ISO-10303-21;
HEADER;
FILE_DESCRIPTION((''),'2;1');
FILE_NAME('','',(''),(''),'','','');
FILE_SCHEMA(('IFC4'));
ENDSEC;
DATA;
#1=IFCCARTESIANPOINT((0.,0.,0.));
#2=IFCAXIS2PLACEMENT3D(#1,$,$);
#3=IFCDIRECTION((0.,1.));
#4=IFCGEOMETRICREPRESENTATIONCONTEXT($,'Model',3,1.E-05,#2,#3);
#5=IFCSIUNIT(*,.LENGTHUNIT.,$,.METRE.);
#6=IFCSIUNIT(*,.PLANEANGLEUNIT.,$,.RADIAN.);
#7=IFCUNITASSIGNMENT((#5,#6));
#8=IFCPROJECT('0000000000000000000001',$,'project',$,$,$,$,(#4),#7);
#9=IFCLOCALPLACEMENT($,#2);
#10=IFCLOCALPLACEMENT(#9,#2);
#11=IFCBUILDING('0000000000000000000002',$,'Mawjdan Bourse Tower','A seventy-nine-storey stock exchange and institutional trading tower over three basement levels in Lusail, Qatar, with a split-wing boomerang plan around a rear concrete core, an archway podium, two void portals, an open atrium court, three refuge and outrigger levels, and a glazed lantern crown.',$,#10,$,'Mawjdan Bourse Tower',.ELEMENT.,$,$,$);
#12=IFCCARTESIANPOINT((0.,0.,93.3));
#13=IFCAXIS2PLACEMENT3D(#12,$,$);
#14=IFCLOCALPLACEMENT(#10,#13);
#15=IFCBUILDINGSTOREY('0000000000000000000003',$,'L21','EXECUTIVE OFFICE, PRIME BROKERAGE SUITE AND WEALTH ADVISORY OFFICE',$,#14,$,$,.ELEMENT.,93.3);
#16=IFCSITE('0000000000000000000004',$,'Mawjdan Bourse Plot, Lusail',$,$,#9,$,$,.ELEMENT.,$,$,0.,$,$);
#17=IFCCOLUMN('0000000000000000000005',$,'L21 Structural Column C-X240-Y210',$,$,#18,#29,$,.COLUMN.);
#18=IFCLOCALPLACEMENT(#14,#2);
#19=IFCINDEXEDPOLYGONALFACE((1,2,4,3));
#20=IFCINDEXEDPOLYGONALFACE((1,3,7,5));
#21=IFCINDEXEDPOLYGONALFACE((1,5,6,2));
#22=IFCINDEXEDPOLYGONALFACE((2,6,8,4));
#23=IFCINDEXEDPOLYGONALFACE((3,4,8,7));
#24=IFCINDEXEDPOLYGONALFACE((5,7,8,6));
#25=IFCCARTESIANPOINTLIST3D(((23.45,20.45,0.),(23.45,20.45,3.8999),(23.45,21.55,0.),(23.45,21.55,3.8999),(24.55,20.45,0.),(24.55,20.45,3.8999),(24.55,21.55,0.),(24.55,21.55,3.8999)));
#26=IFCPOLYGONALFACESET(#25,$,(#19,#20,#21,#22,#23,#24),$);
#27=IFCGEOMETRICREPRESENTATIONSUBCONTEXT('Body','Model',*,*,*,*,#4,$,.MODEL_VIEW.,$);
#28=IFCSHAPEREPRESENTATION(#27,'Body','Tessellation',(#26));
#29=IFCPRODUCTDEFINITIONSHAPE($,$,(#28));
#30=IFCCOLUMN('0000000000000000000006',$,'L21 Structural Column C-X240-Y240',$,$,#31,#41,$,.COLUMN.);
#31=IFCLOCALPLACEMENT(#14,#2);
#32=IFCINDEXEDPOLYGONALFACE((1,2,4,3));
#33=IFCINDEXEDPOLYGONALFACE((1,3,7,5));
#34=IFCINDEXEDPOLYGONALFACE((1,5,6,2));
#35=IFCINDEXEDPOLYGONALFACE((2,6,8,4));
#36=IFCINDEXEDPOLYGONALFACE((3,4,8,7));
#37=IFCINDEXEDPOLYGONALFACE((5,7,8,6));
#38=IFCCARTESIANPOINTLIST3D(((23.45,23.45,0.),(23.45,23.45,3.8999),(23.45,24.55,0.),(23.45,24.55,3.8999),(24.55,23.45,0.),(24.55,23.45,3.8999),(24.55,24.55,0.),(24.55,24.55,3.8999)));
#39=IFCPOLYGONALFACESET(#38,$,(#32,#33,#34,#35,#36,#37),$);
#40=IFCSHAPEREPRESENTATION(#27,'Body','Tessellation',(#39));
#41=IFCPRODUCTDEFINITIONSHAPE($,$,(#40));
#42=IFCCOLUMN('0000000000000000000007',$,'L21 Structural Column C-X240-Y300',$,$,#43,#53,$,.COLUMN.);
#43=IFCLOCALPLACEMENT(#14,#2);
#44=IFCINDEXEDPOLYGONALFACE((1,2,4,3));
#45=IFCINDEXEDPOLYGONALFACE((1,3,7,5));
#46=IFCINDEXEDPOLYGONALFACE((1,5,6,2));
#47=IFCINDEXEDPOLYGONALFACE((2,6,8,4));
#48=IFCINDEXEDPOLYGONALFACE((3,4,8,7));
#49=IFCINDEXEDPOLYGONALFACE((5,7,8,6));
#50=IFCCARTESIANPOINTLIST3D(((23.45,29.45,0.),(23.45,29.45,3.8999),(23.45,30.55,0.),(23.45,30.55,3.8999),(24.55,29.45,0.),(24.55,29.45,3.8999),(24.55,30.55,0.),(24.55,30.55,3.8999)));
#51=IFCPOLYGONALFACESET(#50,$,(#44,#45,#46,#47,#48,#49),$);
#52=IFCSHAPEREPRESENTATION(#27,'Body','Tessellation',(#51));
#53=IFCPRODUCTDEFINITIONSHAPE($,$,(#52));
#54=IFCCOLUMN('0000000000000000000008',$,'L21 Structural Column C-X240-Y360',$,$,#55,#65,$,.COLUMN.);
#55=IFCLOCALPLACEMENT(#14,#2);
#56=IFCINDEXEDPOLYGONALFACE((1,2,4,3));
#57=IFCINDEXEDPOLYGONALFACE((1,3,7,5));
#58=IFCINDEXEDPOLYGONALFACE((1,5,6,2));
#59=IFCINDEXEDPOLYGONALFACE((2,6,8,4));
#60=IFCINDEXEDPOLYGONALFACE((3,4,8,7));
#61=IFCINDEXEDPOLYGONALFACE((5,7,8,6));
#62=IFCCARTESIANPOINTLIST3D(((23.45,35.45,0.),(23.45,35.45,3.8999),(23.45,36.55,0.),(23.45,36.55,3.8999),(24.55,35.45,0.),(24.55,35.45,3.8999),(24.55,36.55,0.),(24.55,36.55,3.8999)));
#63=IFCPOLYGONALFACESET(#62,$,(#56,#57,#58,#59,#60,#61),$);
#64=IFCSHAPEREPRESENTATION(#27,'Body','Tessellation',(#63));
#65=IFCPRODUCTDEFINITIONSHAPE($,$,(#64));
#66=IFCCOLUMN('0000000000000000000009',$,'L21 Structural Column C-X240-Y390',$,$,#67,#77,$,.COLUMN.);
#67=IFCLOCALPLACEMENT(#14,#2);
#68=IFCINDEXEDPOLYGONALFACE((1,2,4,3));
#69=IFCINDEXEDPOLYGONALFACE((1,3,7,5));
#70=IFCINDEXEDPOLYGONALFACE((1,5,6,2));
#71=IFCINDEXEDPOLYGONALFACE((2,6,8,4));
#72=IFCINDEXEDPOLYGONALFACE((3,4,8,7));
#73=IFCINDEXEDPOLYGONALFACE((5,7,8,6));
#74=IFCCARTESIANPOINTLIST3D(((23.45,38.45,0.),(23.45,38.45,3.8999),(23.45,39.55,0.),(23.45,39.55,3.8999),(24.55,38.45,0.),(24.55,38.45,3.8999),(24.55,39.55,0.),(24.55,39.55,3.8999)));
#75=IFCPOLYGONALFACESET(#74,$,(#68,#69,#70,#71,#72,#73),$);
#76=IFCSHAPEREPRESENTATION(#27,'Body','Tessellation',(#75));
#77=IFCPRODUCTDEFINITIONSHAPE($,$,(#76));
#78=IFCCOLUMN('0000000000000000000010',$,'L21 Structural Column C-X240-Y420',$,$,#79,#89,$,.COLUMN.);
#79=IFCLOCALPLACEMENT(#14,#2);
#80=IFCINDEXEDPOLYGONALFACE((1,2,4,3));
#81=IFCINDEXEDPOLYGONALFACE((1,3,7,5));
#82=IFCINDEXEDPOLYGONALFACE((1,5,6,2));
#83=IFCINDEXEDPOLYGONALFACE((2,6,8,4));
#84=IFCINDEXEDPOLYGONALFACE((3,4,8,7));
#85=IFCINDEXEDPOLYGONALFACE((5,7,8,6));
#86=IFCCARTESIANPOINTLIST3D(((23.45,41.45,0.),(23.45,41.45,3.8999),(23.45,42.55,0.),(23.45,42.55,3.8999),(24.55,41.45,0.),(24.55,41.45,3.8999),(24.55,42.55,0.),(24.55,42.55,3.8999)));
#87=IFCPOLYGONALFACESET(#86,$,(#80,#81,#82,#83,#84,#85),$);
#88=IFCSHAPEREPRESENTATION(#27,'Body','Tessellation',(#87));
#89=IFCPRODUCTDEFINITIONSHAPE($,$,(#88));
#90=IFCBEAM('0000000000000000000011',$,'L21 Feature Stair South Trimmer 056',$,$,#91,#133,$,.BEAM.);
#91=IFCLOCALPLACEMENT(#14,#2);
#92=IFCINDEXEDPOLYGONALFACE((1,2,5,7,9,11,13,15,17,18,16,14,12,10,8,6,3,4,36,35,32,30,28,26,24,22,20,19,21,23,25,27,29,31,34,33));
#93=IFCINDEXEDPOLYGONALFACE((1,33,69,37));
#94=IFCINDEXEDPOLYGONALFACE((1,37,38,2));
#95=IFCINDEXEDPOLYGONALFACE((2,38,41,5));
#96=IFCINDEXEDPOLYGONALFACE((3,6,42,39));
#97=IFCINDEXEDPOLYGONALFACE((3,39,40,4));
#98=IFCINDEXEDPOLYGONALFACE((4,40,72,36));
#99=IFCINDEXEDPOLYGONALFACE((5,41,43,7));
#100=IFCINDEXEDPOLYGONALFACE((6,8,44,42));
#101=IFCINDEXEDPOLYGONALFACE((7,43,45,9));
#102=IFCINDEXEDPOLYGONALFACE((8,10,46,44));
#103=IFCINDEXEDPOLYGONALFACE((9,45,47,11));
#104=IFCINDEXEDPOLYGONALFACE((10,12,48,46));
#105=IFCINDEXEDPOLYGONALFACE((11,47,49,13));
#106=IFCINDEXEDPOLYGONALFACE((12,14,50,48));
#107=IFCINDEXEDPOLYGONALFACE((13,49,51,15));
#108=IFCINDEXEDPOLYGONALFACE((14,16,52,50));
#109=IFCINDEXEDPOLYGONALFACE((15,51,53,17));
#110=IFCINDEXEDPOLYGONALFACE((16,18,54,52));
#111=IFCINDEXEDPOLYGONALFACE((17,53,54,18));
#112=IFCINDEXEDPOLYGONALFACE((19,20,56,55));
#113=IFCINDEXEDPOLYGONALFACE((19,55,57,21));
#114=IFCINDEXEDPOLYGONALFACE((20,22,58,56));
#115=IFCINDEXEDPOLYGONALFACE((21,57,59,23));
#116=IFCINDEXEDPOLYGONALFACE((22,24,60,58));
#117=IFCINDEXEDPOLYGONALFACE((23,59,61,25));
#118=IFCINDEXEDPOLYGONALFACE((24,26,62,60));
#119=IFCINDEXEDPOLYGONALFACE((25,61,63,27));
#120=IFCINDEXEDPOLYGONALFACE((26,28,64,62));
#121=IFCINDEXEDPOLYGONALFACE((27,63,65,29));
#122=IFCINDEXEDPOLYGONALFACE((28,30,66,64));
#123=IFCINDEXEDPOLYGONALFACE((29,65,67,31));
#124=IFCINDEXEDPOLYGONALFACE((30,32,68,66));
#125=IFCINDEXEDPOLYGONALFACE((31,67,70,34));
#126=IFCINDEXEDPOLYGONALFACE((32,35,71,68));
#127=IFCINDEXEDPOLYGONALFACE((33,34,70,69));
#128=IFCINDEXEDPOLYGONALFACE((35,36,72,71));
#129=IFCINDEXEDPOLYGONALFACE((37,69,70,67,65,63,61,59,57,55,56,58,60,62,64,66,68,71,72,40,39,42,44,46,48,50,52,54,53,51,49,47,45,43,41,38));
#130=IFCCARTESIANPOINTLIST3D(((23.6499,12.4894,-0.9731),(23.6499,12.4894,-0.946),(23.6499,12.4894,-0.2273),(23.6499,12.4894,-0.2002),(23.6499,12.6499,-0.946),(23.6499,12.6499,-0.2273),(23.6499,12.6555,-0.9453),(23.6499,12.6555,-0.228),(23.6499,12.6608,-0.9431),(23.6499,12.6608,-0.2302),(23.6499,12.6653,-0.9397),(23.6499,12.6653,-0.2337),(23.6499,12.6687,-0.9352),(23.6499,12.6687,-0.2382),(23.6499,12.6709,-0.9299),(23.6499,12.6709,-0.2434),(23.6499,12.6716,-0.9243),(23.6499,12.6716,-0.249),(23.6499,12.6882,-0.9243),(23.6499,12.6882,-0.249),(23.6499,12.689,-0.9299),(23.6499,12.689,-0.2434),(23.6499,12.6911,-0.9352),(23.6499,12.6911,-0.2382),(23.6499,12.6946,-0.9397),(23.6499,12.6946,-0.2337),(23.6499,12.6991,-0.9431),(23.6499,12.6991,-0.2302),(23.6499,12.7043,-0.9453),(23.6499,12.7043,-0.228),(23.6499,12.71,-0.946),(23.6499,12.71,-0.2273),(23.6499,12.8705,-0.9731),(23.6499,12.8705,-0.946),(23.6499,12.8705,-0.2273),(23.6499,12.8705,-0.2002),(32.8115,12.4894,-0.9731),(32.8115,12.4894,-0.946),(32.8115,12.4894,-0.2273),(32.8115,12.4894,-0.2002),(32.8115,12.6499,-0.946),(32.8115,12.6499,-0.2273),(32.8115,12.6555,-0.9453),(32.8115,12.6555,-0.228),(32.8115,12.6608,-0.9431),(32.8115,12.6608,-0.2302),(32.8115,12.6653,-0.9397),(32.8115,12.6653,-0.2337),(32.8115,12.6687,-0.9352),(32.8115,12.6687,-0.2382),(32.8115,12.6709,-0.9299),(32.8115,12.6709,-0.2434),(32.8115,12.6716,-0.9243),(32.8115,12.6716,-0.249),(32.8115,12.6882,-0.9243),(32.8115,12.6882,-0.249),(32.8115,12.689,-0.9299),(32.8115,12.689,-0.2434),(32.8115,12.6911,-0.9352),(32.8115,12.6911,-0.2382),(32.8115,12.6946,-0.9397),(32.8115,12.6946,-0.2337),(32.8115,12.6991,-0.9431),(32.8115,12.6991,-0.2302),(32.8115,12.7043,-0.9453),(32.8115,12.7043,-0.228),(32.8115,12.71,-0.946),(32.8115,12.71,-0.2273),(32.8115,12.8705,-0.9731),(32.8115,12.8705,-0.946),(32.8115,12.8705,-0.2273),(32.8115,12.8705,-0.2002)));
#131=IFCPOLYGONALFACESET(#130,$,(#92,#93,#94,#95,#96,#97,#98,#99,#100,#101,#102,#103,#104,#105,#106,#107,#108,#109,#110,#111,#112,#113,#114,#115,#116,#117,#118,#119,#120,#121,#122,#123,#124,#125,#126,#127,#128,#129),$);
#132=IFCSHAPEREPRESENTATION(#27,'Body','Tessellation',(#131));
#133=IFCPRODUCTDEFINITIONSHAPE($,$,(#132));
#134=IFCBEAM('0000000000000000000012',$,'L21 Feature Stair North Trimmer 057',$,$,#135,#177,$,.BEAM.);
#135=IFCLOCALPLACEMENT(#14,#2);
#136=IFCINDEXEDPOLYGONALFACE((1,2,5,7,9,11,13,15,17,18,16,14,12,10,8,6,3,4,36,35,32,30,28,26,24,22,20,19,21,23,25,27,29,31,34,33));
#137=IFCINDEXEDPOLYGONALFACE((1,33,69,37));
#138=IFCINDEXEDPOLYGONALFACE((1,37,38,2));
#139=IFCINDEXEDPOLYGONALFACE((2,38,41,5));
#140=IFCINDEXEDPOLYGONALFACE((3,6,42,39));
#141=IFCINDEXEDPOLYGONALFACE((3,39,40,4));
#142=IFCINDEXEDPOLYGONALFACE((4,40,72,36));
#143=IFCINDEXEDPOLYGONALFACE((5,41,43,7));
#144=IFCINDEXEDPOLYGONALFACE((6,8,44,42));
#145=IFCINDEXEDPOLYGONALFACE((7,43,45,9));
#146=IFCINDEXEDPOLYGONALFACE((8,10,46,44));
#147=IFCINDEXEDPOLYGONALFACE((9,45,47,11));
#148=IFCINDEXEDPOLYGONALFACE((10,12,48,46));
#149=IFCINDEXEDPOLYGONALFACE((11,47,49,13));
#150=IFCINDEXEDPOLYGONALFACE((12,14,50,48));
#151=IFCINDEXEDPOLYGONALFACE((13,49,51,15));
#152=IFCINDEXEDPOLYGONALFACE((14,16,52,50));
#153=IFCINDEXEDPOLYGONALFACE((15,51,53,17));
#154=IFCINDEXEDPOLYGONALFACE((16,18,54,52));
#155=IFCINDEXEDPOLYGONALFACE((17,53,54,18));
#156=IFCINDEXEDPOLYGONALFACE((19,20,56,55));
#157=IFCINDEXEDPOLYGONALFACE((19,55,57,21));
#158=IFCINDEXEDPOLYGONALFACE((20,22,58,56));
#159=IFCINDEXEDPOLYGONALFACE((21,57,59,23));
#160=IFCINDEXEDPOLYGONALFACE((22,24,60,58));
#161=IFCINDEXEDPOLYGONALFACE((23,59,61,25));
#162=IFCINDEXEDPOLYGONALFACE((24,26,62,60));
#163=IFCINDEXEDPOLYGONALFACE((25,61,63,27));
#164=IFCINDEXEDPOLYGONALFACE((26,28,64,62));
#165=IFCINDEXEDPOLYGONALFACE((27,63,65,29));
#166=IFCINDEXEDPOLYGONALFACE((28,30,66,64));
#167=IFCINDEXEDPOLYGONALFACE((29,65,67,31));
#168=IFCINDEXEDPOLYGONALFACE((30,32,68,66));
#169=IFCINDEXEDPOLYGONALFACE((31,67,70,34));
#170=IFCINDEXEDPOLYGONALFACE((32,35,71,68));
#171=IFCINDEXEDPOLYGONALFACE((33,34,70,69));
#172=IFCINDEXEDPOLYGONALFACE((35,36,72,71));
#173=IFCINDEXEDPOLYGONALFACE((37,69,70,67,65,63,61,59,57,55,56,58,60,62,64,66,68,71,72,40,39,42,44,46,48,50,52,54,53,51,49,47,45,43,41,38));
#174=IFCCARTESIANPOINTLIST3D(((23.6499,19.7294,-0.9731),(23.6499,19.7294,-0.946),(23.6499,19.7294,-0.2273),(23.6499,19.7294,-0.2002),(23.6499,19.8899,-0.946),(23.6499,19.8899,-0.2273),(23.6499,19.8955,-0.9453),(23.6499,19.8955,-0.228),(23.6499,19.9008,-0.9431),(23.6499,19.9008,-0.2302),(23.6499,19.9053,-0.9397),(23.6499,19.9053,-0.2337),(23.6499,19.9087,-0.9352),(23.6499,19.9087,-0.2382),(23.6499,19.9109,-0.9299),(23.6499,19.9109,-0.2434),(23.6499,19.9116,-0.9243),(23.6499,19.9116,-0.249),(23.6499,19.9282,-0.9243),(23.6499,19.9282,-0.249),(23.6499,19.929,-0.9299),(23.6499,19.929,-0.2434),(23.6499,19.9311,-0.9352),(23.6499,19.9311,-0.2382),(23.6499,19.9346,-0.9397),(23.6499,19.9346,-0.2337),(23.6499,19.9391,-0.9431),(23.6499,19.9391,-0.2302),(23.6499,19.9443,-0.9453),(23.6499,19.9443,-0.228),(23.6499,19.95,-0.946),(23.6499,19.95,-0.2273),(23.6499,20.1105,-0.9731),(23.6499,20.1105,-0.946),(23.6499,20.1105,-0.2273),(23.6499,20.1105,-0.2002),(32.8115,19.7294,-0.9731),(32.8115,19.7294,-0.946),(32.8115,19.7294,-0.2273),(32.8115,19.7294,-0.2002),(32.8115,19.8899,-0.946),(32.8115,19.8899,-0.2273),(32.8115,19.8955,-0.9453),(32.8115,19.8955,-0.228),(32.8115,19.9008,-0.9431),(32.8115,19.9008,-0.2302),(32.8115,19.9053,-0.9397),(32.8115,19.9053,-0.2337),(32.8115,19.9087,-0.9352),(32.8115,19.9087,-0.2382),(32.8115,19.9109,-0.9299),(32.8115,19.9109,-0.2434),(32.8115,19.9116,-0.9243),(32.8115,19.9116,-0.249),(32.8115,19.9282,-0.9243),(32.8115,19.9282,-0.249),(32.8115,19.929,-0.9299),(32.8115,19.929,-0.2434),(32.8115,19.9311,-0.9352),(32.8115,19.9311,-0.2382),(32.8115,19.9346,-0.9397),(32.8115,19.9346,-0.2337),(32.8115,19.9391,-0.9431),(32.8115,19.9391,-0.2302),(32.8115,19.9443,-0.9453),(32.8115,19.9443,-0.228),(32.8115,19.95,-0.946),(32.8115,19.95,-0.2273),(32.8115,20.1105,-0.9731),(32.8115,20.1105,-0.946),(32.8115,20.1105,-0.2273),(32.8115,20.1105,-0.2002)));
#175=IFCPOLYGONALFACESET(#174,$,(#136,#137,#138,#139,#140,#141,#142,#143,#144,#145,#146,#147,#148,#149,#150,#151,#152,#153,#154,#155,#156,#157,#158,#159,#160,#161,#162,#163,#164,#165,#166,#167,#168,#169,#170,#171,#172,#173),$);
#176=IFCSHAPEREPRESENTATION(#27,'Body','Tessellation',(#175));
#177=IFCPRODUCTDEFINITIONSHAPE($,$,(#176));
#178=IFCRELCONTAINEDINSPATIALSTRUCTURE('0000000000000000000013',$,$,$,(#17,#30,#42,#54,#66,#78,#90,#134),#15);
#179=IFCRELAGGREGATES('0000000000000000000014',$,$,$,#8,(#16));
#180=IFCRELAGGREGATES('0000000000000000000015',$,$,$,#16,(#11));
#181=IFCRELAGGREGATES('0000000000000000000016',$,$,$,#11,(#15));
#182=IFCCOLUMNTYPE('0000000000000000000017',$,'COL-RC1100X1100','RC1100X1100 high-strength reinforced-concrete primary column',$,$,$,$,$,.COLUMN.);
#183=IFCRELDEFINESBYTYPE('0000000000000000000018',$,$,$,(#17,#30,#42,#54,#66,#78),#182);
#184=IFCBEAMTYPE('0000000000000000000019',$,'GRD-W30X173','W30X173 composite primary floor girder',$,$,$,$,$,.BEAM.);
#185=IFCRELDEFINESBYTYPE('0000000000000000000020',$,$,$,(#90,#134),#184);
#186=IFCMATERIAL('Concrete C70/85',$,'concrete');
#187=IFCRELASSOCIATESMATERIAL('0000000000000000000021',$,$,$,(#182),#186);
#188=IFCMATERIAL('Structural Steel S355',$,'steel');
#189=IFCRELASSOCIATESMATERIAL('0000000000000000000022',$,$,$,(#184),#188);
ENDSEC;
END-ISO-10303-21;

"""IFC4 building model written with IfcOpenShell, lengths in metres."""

from ifc_helpers import new_model, si_unit, direction, frame, origin, origin_2d, place, context, subcontext, project, spatial, rectangle, i_section, extrude, material, material_profile, profile_set, type_object, element, save


model = new_model("IFC4")

# Units and contexts
model_context = context("Model", 3, precision=1e-05, world=origin(), true_north=direction((0.0, 1.0)))
body_context = subcontext(model_context, "Body", "Model", "MODEL_VIEW")
ifc_project = project(units=[si_unit("LENGTHUNIT", "METRE"), si_unit("PLANEANGLEUNIT", "RADIAN")], contexts=[model_context])

# Site, building, storey
site_placement = place(None, origin())
site = spatial("IfcSite", under=ifc_project, at=site_placement, Name="Mawjdan Bourse Plot, Lusail", CompositionType="ELEMENT", RefElevation=0.0)
building_placement = place(site_placement, origin())
building = spatial("IfcBuilding", under=site, at=building_placement, Name="Mawjdan Bourse Tower", Description="A seventy-nine-storey stock exchange and institutional trading tower over three basement levels in Lusail, Qatar, with a split-wing boomerang plan around a rear concrete core, an archway podium, two void portals, an open atrium court, three refuge and outrigger levels, and a glazed lantern crown.", LongName="Mawjdan Bourse Tower", CompositionType="ELEMENT")
storey_placement = place(building_placement, frame((0.0, 0.0, 93.3)))
storey = spatial("IfcBuildingStorey", under=building, at=storey_placement, Name="L21", Description="EXECUTIVE OFFICE, PRIME BROKERAGE SUITE AND WEALTH ADVISORY OFFICE", CompositionType="ELEMENT", Elevation=93.3)

# Columns
ifc_material_1 = material(Name="Concrete C70/85", Category="concrete")
ifc_material_profile_1 = material_profile(ifc_material_1, rectangle(XDim=1.1001, YDim=1.1001, at=origin_2d()), Name="RC1100X1100")
ifc_profile_set_1 = profile_set([ifc_material_profile_1], Name="Concrete C70/85")
column_type = type_object("IfcColumnType", Name="COL-RC1100X1100", Description="RC1100X1100 high-strength reinforced-concrete primary column", PredefinedType="COLUMN", material=ifc_profile_set_1)
for number, where, z_axis, x_axis, name in (
    (1, (24.0, 21.0, 0.0), (0.0, 0.0, 1.0), (1.0, 0.0, 0.0), "L21 Structural Column C-X240-Y210"),
    (2, (24.0, 24.0, 0.0), (0.0, 0.0, 1.0), (1.0, 0.0, 0.0), "L21 Structural Column C-X240-Y240"),
    (3, (24.0, 30.0, 0.0), (0.0, 0.0, 1.0), (1.0, 0.0, 0.0), "L21 Structural Column C-X240-Y300"),
    (4, (24.0, 36.0, 0.0), (0.0, 0.0, 1.0), (1.0, 0.0, 0.0), "L21 Structural Column C-X240-Y360"),
    (5, (24.0, 39.0, 0.0), (0.0, 0.0, 1.0), (1.0, 0.0, 0.0), "L21 Structural Column C-X240-Y390"),
    (6, (24.0, 42.0, 0.0), (0.0, 0.0, 1.0), (1.0, 0.0, 0.0), "L21 Structural Column C-X240-Y420"),
):
    element("IfcColumn", number, at=place(storey_placement, frame(where, z_axis=z_axis, x_axis=x_axis)), inside=storey, type_object=column_type, Name=name, PredefinedType="COLUMN", context=body_context, shape_type="SweptSolid", body=[
        extrude(rectangle(XDim=1.1001, YDim=1.1001, at=origin_2d()), origin(), (0.0, 0.0, 1.0), 3.8999),
    ])

# Beams
ifc_material_2 = material(Name="Structural Steel S355", Category="steel")
ifc_material_profile_2 = material_profile(ifc_material_2, i_section(OverallWidth=0.3811, OverallDepth=0.7729, WebThickness=0.0166, FlangeThickness=0.0271, FilletRadius=0.0217, at=origin_2d()), Name="W30X173")
ifc_profile_set_2 = profile_set([ifc_material_profile_2], Name="Structural Steel S355")
beam_type_1 = type_object("IfcBeamType", Name="GRD-W30X173", Description="W30X173 composite primary floor girder", PredefinedType="BEAM", material=ifc_profile_set_2)
for number, where, z_axis, x_axis, name in (
    (7, (23.6499, 12.6799, -0.5867), (1.0, 0.0, 0.0), (0.0, 1.0, 0.0), "L21 Feature Stair South Trimmer 056"),
    (8, (23.6499, 19.9199, -0.5867), (1.0, 0.0, 0.0), (0.0, 1.0, 0.0), "L21 Feature Stair North Trimmer 057"),
):
    element("IfcBeam", number, at=place(storey_placement, frame(where, z_axis=z_axis, x_axis=x_axis)), inside=storey, type_object=beam_type_1, Name=name, PredefinedType="BEAM", context=body_context, shape_type="SweptSolid", body=[
        extrude(i_section(OverallWidth=0.3811, OverallDepth=0.7729, WebThickness=0.0166, FlangeThickness=0.0271, FilletRadius=0.0217, at=origin_2d()), origin(), (0.0, 0.0, 1.0), 9.1616),
    ])

save(model, "model.ifc")
